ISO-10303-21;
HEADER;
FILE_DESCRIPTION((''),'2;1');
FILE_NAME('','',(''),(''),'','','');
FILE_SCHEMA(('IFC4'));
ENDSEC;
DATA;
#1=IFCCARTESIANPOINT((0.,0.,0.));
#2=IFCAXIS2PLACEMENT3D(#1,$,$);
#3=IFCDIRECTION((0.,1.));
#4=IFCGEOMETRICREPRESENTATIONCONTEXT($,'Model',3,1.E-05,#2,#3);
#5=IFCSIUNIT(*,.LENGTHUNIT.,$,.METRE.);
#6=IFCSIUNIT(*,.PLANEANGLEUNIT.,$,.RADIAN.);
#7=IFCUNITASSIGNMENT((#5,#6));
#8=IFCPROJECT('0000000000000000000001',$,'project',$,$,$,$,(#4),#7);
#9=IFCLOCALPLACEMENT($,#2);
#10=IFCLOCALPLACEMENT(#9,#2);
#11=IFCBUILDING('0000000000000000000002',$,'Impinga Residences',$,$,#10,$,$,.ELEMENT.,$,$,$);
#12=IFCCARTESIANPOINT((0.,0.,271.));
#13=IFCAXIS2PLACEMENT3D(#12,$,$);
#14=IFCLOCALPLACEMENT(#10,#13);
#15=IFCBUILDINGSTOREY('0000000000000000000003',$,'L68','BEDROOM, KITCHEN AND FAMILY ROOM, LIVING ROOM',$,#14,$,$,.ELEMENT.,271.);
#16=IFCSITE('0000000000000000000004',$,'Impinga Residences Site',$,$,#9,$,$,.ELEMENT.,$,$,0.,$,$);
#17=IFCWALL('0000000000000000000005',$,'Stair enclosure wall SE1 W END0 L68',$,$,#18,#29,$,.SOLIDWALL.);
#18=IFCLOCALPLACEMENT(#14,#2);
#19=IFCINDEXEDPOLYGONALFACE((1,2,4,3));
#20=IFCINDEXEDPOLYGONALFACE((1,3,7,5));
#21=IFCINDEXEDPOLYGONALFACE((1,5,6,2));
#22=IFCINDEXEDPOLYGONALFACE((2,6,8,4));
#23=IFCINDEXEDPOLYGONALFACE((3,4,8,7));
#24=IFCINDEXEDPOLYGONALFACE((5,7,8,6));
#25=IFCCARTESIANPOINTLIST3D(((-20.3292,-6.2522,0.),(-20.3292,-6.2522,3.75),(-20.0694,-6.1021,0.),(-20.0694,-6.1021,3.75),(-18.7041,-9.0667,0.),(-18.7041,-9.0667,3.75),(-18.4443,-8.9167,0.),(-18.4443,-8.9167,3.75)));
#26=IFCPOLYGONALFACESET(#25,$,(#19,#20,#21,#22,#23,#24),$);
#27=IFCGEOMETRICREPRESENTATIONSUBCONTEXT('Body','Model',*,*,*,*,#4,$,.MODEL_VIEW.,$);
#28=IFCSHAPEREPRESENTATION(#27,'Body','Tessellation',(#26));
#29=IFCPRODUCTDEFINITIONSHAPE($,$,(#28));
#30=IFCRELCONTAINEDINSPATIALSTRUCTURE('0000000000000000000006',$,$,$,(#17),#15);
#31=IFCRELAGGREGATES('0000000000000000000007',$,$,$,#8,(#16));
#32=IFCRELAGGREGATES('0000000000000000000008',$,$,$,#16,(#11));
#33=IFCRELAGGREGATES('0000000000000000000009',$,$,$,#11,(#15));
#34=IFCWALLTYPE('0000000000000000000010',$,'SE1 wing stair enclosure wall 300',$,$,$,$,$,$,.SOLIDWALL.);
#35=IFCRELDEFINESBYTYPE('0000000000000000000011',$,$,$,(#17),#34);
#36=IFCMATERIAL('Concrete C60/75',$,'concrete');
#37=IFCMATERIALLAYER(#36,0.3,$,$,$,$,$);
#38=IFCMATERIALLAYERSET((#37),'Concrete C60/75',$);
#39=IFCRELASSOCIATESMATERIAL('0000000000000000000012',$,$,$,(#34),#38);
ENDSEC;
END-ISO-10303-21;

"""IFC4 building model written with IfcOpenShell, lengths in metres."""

from ifc_helpers import new_model, si_unit, direction, frame, frame_2d, origin, place, context, subcontext, project, spatial, rectangle, extrude, material, layer, layer_set, type_object, element, save


model = new_model("IFC4")

# Units and contexts
model_context = context("Model", 3, precision=1e-05, world=origin(), true_north=direction((0.0, 1.0)))
body_context = subcontext(model_context, "Body", "Model", "MODEL_VIEW")
ifc_project = project(units=[si_unit("LENGTHUNIT", "METRE"), si_unit("PLANEANGLEUNIT", "RADIAN")], contexts=[model_context])

# Site, building, storey
site_placement = place(None, origin())
site = spatial("IfcSite", under=ifc_project, at=site_placement, Name="Impinga Residences Site", CompositionType="ELEMENT", RefElevation=0.0)
building_placement = place(site_placement, origin())
building = spatial("IfcBuilding", under=site, at=building_placement, Name="Impinga Residences", CompositionType="ELEMENT")
storey_placement = place(building_placement, frame((0.0, 0.0, 271.0)))
storey = spatial("IfcBuildingStorey", under=building, at=storey_placement, Name="L68", Description="BEDROOM, KITCHEN AND FAMILY ROOM, LIVING ROOM", CompositionType="ELEMENT", Elevation=271.0)

# Shared definitions
ifc_material_1 = material(Name="Concrete C60/75", Category="concrete")

# Wall
ifc_layer_1 = layer(ifc_material_1, 0.3)
ifc_layer_set_1 = layer_set([ifc_layer_1], Name="Concrete C60/75")
wall_type_1 = type_object("IfcWallType", Name="SE1 wing stair enclosure wall 300", PredefinedType="SOLIDWALL", material=ifc_layer_set_1)
wall_1_placement = place(storey_placement, frame((-18.5742, -8.9917, 0.0), z_axis=(0.0, 0.0, 1.0), x_axis=(-0.500017, 0.866015, 0.0)))
element("IfcWall", 1, at=wall_1_placement, inside=storey, type_object=wall_type_1, Name="Stair enclosure wall SE1 W END0 L68", PredefinedType="SOLIDWALL", context=body_context, shape_type="SweptSolid", body=[
    extrude(rectangle(XDim=3.25, YDim=0.3, at=frame_2d((1.625, 0.0))), origin(), (0.0, 0.0, 1.0), 3.75),
])

save(model, "model.ifc")
